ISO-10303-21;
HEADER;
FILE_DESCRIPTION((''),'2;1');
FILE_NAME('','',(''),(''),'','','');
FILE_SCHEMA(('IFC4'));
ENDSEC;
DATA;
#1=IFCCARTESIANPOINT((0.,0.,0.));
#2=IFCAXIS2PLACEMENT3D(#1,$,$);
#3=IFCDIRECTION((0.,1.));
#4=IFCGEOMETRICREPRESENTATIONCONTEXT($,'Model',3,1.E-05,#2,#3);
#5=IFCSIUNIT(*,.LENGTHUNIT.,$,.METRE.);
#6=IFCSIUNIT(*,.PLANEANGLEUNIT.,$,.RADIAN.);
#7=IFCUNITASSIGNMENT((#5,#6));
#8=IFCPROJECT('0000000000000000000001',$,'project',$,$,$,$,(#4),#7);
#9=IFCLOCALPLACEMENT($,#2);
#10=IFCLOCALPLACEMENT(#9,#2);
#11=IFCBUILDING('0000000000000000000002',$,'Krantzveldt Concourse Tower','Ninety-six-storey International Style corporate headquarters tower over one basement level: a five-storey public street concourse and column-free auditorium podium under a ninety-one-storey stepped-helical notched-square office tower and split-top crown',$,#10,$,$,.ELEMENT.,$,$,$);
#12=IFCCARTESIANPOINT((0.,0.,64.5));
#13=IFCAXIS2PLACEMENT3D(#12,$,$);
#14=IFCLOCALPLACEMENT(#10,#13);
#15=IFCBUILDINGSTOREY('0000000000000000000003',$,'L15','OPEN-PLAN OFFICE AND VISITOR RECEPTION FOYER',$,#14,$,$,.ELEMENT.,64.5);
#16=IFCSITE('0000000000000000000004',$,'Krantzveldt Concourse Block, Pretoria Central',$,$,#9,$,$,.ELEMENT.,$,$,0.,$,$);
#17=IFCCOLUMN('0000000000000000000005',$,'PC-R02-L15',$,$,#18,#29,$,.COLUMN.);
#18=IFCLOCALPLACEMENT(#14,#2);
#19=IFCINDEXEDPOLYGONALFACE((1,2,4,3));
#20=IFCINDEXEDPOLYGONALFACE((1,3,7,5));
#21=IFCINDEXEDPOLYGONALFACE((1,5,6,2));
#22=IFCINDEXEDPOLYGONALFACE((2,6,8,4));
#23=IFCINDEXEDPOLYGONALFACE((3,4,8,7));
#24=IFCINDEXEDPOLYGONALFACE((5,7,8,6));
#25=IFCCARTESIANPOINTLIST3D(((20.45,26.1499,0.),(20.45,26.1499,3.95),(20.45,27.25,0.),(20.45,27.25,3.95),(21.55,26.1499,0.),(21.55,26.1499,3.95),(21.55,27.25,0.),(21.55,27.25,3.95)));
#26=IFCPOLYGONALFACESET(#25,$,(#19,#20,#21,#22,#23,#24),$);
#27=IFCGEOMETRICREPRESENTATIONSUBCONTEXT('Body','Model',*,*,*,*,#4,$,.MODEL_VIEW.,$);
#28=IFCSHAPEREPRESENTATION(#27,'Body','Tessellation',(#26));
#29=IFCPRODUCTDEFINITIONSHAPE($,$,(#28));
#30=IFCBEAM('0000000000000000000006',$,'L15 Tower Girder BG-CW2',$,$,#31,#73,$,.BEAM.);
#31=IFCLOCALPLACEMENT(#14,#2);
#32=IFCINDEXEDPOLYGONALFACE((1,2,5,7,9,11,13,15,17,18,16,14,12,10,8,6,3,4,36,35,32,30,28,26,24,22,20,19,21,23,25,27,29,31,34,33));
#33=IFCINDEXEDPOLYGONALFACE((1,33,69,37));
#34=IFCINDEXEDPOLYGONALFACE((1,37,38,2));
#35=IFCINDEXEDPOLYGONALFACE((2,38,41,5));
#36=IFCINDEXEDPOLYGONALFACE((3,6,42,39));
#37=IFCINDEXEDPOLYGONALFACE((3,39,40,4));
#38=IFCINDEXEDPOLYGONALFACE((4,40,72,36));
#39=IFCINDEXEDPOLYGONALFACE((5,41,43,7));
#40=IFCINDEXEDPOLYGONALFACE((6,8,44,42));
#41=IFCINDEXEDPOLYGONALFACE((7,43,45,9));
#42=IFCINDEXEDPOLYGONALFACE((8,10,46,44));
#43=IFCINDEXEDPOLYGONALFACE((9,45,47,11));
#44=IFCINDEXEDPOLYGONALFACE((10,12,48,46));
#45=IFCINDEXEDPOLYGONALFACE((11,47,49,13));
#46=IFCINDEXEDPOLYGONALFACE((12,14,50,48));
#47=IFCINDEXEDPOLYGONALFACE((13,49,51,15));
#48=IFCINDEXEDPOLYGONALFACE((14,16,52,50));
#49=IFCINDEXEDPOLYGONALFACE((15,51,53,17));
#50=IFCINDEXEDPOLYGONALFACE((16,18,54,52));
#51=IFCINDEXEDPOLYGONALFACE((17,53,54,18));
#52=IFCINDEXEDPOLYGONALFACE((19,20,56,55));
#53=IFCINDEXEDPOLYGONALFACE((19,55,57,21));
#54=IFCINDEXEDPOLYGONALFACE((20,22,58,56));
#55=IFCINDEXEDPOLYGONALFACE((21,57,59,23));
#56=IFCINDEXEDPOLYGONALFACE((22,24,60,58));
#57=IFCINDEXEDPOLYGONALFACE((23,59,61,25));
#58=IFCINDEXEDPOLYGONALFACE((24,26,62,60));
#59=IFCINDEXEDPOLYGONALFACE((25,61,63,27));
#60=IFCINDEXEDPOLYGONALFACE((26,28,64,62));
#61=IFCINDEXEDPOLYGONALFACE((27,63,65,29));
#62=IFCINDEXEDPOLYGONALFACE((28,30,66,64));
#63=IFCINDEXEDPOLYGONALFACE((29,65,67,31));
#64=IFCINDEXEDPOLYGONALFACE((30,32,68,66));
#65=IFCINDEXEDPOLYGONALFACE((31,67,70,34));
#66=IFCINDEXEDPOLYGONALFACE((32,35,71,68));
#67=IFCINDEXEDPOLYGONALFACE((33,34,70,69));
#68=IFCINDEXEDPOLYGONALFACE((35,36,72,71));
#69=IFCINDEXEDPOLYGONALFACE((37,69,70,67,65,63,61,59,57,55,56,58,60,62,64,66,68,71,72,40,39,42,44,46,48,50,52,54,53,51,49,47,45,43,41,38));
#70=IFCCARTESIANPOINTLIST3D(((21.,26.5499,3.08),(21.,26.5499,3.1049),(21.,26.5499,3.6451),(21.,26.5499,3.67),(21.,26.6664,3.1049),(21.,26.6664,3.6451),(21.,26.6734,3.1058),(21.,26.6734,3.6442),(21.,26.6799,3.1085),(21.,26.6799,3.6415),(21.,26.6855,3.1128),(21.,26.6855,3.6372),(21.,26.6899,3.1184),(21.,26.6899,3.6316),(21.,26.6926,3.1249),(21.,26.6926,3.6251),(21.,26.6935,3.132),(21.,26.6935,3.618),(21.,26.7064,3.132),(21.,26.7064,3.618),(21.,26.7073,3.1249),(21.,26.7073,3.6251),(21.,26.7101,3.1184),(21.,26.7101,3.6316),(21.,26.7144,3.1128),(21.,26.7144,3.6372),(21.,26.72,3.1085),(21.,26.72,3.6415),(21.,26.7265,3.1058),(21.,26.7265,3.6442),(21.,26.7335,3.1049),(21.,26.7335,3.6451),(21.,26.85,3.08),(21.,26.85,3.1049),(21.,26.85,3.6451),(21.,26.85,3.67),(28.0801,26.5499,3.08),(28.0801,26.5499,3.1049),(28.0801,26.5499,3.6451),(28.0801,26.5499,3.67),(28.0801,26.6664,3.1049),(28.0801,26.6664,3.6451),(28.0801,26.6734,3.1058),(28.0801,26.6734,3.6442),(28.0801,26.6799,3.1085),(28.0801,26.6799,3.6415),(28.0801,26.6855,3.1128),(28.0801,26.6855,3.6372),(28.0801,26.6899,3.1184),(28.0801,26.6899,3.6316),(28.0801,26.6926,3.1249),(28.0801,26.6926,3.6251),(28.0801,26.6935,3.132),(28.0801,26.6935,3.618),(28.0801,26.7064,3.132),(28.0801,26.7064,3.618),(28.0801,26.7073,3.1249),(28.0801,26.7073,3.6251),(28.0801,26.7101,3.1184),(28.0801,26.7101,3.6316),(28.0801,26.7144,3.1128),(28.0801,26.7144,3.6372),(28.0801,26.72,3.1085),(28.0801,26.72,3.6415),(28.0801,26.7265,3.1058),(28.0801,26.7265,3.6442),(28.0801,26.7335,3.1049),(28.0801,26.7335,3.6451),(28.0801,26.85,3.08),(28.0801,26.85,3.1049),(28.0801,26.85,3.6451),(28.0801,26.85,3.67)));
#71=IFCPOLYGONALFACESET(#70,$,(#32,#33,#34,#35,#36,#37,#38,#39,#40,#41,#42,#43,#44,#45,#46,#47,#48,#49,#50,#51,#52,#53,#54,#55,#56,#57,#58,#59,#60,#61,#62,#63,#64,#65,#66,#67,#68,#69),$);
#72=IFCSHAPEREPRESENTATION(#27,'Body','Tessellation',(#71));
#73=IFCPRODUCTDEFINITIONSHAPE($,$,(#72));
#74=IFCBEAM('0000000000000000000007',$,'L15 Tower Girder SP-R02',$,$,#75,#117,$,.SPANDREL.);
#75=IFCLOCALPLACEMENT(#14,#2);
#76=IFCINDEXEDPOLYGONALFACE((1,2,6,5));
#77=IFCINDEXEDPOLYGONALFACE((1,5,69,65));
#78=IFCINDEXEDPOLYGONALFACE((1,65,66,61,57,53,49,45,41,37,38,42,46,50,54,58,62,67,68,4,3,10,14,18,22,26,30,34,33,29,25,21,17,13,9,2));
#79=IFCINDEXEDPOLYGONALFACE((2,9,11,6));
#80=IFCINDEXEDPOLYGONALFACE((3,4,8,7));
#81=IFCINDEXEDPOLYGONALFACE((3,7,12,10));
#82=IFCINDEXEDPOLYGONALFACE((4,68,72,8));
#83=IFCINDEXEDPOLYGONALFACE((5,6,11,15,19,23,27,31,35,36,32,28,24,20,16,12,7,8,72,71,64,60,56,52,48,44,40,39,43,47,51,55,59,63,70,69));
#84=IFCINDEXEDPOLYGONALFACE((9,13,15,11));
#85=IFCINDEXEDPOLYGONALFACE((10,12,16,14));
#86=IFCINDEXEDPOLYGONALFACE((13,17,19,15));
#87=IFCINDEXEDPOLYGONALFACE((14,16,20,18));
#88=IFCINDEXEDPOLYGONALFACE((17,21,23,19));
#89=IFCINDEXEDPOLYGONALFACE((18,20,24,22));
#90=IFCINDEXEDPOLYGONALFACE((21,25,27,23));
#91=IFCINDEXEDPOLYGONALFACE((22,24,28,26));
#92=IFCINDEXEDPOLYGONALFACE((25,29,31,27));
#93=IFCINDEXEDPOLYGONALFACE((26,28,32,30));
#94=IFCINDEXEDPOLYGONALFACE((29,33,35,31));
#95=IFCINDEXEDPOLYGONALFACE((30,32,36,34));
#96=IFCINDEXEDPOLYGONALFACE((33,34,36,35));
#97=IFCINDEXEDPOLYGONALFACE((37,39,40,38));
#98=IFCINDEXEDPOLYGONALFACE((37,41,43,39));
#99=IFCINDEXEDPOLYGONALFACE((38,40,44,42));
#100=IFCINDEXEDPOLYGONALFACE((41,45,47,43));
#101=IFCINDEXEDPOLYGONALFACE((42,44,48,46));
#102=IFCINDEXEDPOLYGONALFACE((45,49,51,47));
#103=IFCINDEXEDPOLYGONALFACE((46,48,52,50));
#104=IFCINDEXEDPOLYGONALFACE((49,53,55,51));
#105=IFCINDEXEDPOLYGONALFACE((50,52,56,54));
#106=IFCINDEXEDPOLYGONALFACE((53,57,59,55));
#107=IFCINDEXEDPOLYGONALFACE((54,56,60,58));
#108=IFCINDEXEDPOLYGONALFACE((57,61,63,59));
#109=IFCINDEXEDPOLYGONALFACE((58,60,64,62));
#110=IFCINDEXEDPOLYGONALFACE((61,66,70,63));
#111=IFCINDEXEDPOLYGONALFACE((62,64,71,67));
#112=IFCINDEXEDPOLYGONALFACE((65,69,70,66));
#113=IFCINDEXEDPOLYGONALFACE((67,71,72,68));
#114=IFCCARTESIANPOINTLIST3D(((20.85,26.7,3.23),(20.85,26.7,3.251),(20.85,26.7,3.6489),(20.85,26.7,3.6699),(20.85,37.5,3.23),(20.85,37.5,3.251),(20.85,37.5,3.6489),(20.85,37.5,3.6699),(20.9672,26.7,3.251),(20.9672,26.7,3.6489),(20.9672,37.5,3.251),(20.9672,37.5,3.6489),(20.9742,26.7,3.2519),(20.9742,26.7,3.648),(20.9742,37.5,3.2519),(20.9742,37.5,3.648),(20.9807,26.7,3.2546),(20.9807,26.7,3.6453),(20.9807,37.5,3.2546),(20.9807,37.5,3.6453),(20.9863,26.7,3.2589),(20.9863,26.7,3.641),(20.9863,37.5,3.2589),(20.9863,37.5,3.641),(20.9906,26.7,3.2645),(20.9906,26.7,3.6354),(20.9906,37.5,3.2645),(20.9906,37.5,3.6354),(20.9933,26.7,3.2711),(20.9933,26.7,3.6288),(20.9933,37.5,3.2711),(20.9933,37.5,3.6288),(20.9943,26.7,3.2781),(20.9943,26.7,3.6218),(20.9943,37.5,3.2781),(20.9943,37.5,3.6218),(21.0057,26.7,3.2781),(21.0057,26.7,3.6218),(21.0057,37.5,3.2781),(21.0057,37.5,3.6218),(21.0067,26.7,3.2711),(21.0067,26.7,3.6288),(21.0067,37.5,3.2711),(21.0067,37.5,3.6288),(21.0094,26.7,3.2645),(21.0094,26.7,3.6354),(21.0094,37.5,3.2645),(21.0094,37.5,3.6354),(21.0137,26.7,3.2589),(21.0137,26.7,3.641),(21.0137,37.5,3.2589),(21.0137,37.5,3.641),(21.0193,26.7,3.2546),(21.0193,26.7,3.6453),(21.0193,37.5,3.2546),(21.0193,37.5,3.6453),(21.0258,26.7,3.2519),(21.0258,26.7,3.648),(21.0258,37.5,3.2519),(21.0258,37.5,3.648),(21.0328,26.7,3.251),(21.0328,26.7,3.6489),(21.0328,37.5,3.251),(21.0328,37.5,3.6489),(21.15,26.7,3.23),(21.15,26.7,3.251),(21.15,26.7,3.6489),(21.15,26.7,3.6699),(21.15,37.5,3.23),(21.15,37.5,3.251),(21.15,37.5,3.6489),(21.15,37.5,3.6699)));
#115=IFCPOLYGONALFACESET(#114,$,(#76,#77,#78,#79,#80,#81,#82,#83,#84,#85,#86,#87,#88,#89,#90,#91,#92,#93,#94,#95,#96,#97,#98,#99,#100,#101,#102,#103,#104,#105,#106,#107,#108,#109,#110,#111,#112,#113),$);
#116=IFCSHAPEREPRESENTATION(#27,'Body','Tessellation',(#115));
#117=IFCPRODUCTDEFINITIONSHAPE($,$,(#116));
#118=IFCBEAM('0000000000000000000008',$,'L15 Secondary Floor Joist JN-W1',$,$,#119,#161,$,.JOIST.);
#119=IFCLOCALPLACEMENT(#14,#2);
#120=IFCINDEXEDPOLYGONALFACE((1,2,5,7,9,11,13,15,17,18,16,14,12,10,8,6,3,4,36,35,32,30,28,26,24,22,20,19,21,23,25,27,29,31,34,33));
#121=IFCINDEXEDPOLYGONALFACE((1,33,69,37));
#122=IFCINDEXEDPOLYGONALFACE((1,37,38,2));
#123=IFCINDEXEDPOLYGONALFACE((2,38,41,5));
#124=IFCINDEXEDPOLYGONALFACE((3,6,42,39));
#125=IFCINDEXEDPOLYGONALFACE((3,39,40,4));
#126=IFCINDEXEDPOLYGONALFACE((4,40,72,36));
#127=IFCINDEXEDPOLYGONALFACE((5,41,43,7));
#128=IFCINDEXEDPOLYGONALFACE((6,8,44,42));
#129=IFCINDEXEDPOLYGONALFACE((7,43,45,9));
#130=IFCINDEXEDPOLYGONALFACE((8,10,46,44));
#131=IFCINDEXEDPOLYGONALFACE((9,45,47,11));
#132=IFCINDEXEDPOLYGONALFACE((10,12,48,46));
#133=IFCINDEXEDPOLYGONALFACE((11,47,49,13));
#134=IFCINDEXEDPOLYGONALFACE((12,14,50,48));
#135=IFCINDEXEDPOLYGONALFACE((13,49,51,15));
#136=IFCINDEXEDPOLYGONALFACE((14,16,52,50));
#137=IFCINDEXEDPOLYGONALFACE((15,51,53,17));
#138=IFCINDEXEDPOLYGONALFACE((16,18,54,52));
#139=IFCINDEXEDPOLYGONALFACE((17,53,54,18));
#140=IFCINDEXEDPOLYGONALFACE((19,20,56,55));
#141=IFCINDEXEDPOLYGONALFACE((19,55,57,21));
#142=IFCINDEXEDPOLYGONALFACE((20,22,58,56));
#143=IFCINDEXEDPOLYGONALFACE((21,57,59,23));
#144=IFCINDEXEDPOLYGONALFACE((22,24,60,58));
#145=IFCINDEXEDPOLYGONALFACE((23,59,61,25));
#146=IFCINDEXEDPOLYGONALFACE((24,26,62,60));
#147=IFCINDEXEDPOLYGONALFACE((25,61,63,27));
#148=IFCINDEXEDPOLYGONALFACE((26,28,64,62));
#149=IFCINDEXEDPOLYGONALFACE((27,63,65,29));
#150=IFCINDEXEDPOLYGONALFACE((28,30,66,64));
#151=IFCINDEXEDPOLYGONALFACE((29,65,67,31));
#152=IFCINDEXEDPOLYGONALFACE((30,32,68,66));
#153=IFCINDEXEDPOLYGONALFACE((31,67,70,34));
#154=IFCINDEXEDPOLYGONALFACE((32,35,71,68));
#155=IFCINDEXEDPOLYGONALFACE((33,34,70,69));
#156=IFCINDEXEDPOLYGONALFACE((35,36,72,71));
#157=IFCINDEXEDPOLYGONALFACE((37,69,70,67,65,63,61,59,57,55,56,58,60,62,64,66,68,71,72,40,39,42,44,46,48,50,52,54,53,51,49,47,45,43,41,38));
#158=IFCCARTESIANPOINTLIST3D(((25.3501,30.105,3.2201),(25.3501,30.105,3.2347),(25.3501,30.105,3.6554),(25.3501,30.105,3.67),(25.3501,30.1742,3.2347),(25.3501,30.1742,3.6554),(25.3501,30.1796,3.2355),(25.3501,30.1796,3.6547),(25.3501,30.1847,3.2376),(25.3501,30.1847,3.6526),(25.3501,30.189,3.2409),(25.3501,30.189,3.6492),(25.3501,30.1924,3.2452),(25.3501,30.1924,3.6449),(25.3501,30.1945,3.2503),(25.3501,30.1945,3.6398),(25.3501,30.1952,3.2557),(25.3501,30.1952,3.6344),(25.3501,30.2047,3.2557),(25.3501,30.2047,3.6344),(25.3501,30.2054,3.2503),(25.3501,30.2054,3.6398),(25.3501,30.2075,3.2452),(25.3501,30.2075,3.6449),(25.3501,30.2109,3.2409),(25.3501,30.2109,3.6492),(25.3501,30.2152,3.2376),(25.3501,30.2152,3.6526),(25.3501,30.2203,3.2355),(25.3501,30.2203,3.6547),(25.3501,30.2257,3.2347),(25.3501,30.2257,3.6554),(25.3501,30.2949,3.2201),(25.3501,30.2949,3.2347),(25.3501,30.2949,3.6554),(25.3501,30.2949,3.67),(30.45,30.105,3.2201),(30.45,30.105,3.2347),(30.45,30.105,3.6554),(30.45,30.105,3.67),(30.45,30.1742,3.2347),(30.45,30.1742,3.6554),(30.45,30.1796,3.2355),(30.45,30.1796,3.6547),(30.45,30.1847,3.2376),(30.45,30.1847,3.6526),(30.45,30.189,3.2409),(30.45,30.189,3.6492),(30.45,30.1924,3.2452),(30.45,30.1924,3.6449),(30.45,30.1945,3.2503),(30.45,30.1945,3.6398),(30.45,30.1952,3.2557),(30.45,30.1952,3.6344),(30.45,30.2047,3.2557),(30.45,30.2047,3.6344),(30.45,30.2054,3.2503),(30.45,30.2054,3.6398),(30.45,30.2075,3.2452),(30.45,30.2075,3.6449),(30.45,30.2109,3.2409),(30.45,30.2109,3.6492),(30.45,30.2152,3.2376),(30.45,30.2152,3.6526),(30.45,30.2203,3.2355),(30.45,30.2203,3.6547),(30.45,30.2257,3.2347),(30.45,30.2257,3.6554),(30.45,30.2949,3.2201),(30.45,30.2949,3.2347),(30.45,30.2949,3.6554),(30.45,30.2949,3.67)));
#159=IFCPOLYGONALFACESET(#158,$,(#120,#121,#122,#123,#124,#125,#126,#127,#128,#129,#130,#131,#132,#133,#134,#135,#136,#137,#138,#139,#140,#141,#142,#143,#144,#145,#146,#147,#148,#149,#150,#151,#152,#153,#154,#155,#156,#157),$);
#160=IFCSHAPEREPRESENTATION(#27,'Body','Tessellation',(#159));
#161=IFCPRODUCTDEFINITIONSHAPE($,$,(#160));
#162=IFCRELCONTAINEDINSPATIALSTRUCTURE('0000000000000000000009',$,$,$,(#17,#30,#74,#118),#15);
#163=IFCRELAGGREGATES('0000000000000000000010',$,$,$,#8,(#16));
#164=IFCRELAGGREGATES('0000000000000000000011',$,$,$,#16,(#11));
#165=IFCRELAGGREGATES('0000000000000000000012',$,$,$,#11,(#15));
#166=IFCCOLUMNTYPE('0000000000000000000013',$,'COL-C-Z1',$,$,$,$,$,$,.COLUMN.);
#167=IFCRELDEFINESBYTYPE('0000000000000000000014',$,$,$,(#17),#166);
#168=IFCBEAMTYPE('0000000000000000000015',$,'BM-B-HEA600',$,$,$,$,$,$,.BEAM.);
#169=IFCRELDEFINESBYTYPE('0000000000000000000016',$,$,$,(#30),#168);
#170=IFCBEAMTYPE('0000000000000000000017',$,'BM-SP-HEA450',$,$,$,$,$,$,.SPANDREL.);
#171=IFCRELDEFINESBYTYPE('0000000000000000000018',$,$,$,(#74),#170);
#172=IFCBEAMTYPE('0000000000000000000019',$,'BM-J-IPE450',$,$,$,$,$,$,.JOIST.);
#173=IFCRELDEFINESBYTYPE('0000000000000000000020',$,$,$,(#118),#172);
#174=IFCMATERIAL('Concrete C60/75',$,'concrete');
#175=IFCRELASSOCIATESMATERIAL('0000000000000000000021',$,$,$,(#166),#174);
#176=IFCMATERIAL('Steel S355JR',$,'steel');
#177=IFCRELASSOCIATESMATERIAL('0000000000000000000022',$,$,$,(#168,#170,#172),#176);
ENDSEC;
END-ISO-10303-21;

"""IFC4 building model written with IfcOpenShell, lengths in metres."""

from ifc_helpers import new_model, si_unit, direction, frame, origin, origin_2d, place, context, subcontext, project, spatial, rectangle, i_section, extrude, source, transform, mapped, material, material_profile, profile_set, type_object, type_shapes, element, save


model = new_model("IFC4")

# Units and contexts
model_context = context("Model", 3, precision=1e-05, world=origin(), true_north=direction((0.0, 1.0)))
body_context = subcontext(model_context, "Body", "Model", "MODEL_VIEW")
ifc_project = project(units=[si_unit("LENGTHUNIT", "METRE"), si_unit("PLANEANGLEUNIT", "RADIAN")], contexts=[model_context])

# Site, building, storey
site_placement = place(None, origin())
site = spatial("IfcSite", under=ifc_project, at=site_placement, Name="Krantzveldt Concourse Block, Pretoria Central", CompositionType="ELEMENT", RefElevation=0.0)
building_placement = place(site_placement, origin())
building = spatial("IfcBuilding", under=site, at=building_placement, Name="Krantzveldt Concourse Tower", Description="Ninety-six-storey International Style corporate headquarters tower over one basement level: a five-storey public street concourse and column-free auditorium podium under a ninety-one-storey stepped-helical notched-square office tower and split-top crown", CompositionType="ELEMENT")
storey_placement = place(building_placement, frame((0.0, 0.0, 64.5)))
storey = spatial("IfcBuildingStorey", under=building, at=storey_placement, Name="L15", Description="OPEN-PLAN OFFICE AND VISITOR RECEPTION FOYER", CompositionType="ELEMENT", Elevation=64.5)

# Column
ifc_material_1 = material(Name="Concrete C60/75", Category="concrete")
ifc_material_profile_1 = material_profile(ifc_material_1, rectangle(XDim=1.1001, YDim=1.1001, at=origin_2d()), Name="Concrete C60/75", Category="concrete")
ifc_profile_set_1 = profile_set([ifc_material_profile_1], Name="Concrete C60/75 - RC 1100x1100")
column_type = type_object("IfcColumnType", Name="COL-C-Z1", PredefinedType="COLUMN", material=ifc_profile_set_1)
shared_shape_1 = source(origin(), body_context, "Body", "SweptSolid", [
    extrude(rectangle(XDim=1.1001, YDim=1.1001, at=origin_2d()), origin(), (0.0, 0.0, 1.0), 3.95),
])
type_shapes(column_type, [shared_shape_1])
column_placement = place(storey_placement, frame((21.0, 26.7, 0.0), z_axis=(0.0, 0.0, 1.0), x_axis=(1.0, 0.0, 0.0)))
element("IfcColumn", 1, at=column_placement, inside=storey, type_object=column_type, Name="PC-R02-L15", PredefinedType="COLUMN", context=body_context, shape_type="MappedRepresentation", body=[
    mapped(shared_shape_1, transform((0.0, 0.0, 0.0), x_axis=(1.0, 0.0, 0.0), y_axis=(0.0, 1.0, 0.0), z_axis=(0.0, 0.0, 1.0), scale=1.0)),
])

# Beams
ifc_material_2 = material(Name="Steel S355JR", Category="steel")
ifc_material_profile_2 = material_profile(ifc_material_2, i_section(OverallWidth=0.3, OverallDepth=0.5901, WebThickness=0.0129, FlangeThickness=0.0249, FilletRadius=0.0271, at=origin_2d()), Name="Steel S355JR", Category="steel")
ifc_profile_set_2 = profile_set([ifc_material_profile_2], Name="Steel S355JR - HEA 600")
beam_type_1 = type_object("IfcBeamType", Name="BM-B-HEA600", PredefinedType="BEAM", material=ifc_profile_set_2)
shared_shape_2 = source(origin(), body_context, "Body", "SweptSolid", [
    extrude(i_section(OverallWidth=0.3, OverallDepth=0.5901, WebThickness=0.0129, FlangeThickness=0.0249, FilletRadius=0.0271, at=origin_2d()), origin(), (0.0, 0.0, 1.0), 7.0801),
])
type_shapes(beam_type_1, [shared_shape_2])
beam_1_placement = place(storey_placement, frame((21.0, 26.7, 3.375), z_axis=(1.0, 0.0, 0.0), x_axis=(0.0, 1.0, 0.0)))
element("IfcBeam", 2, at=beam_1_placement, inside=storey, type_object=beam_type_1, Name="L15 Tower Girder BG-CW2", PredefinedType="BEAM", context=body_context, shape_type="MappedRepresentation", body=[
    mapped(shared_shape_2, transform((0.0, 0.0, 0.0), x_axis=(1.0, 0.0, 0.0), y_axis=(0.0, 1.0, 0.0), z_axis=(0.0, 0.0, 1.0), scale=1.0)),
])
ifc_material_profile_3 = material_profile(ifc_material_2, i_section(OverallWidth=0.3, OverallDepth=0.4399, WebThickness=0.0115, FlangeThickness=0.021, FilletRadius=0.0271, at=origin_2d()), Name="Steel S355JR", Category="steel")
ifc_profile_set_3 = profile_set([ifc_material_profile_3], Name="Steel S355JR - HEA 450")
beam_type_2 = type_object("IfcBeamType", Name="BM-SP-HEA450", PredefinedType="SPANDREL", material=ifc_profile_set_3)
shared_shape_3 = source(origin(), body_context, "Body", "SweptSolid", [
    extrude(i_section(OverallWidth=0.3, OverallDepth=0.4399, WebThickness=0.0115, FlangeThickness=0.021, FilletRadius=0.0271, at=origin_2d()), origin(), (0.0, 0.0, 1.0), 10.8),
])
type_shapes(beam_type_2, [shared_shape_3])
beam_2_placement = place(storey_placement, frame((21.0, 26.7, 3.45), z_axis=(0.0, 1.0, 0.0), x_axis=(-1.0, 0.0, 0.0)))
element("IfcBeam", 3, at=beam_2_placement, inside=storey, type_object=beam_type_2, Name="L15 Tower Girder SP-R02", PredefinedType="SPANDREL", context=body_context, shape_type="MappedRepresentation", body=[
    mapped(shared_shape_3, transform((0.0, 0.0, 0.0), x_axis=(1.0, 0.0, 0.0), y_axis=(0.0, 1.0, 0.0), z_axis=(0.0, 0.0, 1.0), scale=1.0)),
])
ifc_material_profile_4 = material_profile(ifc_material_2, i_section(OverallWidth=0.1899, OverallDepth=0.45, WebThickness=0.0095, FlangeThickness=0.0146, FilletRadius=0.021, at=origin_2d()), Name="Steel S355JR", Category="steel")
ifc_profile_set_4 = profile_set([ifc_material_profile_4], Name="Steel S355JR - IPE 450")
beam_type_3 = type_object("IfcBeamType", Name="BM-J-IPE450", PredefinedType="JOIST", material=ifc_profile_set_4)
shared_shape_4 = source(origin(), body_context, "Body", "SweptSolid", [
    extrude(i_section(OverallWidth=0.1899, OverallDepth=0.45, WebThickness=0.0095, FlangeThickness=0.0146, FilletRadius=0.021, at=origin_2d()), origin(), (0.0, 0.0, 1.0), 5.0999),
])
type_shapes(beam_type_3, [shared_shape_4])
beam_3_placement = place(storey_placement, frame((25.3501, 30.2, 3.4451), z_axis=(1.0, 0.0, 0.0), x_axis=(0.0, 1.0, 0.0)))
element("IfcBeam", 4, at=beam_3_placement, inside=storey, type_object=beam_type_3, Name="L15 Secondary Floor Joist JN-W1", PredefinedType="JOIST", context=body_context, shape_type="MappedRepresentation", body=[
    mapped(shared_shape_4, transform((0.0, 0.0, 0.0), x_axis=(1.0, 0.0, 0.0), y_axis=(0.0, 1.0, 0.0), z_axis=(0.0, 0.0, 1.0), scale=1.0)),
])

save(model, "model.ifc")
